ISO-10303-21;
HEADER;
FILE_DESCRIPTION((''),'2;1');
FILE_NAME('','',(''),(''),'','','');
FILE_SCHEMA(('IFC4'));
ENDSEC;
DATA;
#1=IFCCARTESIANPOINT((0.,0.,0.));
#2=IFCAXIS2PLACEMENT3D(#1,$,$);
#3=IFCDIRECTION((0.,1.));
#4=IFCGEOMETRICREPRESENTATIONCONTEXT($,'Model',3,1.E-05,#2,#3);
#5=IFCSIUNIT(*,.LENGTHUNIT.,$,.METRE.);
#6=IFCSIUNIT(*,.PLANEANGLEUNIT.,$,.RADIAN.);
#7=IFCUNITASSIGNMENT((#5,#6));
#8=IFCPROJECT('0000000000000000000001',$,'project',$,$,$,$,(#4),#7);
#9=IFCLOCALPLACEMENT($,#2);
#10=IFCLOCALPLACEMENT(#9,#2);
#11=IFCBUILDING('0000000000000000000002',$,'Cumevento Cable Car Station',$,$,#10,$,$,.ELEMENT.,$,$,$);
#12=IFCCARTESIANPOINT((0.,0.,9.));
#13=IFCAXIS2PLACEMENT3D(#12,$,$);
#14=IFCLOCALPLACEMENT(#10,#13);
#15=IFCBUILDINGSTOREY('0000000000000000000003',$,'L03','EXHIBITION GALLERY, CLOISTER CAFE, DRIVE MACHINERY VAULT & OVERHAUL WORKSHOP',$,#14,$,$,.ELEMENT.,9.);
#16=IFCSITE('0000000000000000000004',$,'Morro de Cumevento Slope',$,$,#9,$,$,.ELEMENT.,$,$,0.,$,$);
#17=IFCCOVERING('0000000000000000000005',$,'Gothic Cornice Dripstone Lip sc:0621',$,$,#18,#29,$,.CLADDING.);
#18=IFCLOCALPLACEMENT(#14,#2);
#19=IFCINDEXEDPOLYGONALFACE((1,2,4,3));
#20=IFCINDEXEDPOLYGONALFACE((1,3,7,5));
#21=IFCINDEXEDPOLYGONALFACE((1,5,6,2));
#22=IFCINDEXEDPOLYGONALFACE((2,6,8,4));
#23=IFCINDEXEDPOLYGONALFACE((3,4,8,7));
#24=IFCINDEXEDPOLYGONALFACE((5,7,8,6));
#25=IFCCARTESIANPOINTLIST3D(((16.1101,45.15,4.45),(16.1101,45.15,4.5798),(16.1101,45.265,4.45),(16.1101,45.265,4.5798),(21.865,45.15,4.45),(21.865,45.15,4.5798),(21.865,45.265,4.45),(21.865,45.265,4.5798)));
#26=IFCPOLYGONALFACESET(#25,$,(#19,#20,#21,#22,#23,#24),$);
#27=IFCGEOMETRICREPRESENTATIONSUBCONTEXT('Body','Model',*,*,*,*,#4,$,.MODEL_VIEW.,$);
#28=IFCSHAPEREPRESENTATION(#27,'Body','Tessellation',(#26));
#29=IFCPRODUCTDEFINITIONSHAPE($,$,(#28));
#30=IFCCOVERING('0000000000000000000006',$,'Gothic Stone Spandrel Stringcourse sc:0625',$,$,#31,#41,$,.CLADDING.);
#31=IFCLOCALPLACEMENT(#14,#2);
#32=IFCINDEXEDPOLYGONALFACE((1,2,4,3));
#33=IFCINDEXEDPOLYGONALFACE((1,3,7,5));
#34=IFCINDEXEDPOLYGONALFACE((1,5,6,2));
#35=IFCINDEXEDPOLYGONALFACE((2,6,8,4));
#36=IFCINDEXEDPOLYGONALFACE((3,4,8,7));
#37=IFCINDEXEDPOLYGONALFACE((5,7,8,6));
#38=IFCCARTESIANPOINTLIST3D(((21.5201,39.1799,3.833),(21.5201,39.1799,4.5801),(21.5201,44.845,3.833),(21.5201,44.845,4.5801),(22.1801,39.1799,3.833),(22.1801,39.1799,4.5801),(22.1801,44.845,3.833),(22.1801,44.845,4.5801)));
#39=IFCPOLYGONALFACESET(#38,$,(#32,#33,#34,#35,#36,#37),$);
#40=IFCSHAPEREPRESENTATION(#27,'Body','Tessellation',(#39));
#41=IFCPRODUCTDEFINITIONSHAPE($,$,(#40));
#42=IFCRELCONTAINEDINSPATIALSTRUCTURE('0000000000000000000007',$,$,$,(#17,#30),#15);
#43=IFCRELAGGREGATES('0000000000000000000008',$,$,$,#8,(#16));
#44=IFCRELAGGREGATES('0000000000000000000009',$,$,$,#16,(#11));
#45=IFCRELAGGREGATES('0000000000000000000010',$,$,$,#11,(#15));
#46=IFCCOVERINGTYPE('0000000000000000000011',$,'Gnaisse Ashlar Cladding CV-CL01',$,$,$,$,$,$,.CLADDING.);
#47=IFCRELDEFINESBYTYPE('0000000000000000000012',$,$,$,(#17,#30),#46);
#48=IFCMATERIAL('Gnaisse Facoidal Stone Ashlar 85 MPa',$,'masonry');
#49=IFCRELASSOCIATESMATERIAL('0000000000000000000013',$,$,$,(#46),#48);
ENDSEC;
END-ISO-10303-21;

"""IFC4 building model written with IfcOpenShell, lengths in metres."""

from ifc_helpers import new_model, si_unit, direction, frame, origin, origin_2d, place, context, subcontext, project, spatial, rectangle, extrude, material, type_object, element, save


model = new_model("IFC4")

# Units and contexts
model_context = context("Model", 3, precision=1e-05, world=origin(), true_north=direction((0.0, 1.0)))
body_context = subcontext(model_context, "Body", "Model", "MODEL_VIEW")
ifc_project = project(units=[si_unit("LENGTHUNIT", "METRE"), si_unit("PLANEANGLEUNIT", "RADIAN")], contexts=[model_context])

# Site, building, storey
site_placement = place(None, origin())
site = spatial("IfcSite", under=ifc_project, at=site_placement, Name="Morro de Cumevento Slope", CompositionType="ELEMENT", RefElevation=0.0)
building_placement = place(site_placement, origin())
building = spatial("IfcBuilding", under=site, at=building_placement, Name="Cumevento Cable Car Station", CompositionType="ELEMENT")
storey_placement = place(building_placement, frame((0.0, 0.0, 9.0)))
storey = spatial("IfcBuildingStorey", under=building, at=storey_placement, Name="L03", Description="EXHIBITION GALLERY, CLOISTER CAFE, DRIVE MACHINERY VAULT & OVERHAUL WORKSHOP", CompositionType="ELEMENT", Elevation=9.0)

# Coverings
ifc_material_1 = material(Name="Gnaisse Facoidal Stone Ashlar 85 MPa", Category="masonry")
covering_type = type_object("IfcCoveringType", Name="Gnaisse Ashlar Cladding CV-CL01", PredefinedType="CLADDING", material=ifc_material_1)
covering_1_placement = place(storey_placement, frame((18.9875, 45.2075, 4.45), z_axis=(0.0, 0.0, 1.0), x_axis=(1.0, 0.0, 0.0)))
element("IfcCovering", 1, at=covering_1_placement, inside=storey, type_object=covering_type, Name="Gothic Cornice Dripstone Lip sc:0621", PredefinedType="CLADDING", context=body_context, shape_type="SweptSolid", body=[
    extrude(rectangle(XDim=5.7549, YDim=0.115, at=origin_2d()), origin(), (0.0, 0.0, 1.0), 0.1299),
])
covering_2_placement = place(storey_placement, frame((21.8501, 42.0125, 3.833), z_axis=(0.0, 0.0, 1.0), x_axis=(0.0, -1.0, 0.0)))
element("IfcCovering", 2, at=covering_2_placement, inside=storey, type_object=covering_type, Name="Gothic Stone Spandrel Stringcourse sc:0625", PredefinedType="CLADDING", context=body_context, shape_type="SweptSolid", body=[
    extrude(rectangle(XDim=5.665, YDim=0.6599, at=origin_2d()), origin(), (0.0, 0.0, 1.0), 0.7471),
])

save(model, "model.ifc")
